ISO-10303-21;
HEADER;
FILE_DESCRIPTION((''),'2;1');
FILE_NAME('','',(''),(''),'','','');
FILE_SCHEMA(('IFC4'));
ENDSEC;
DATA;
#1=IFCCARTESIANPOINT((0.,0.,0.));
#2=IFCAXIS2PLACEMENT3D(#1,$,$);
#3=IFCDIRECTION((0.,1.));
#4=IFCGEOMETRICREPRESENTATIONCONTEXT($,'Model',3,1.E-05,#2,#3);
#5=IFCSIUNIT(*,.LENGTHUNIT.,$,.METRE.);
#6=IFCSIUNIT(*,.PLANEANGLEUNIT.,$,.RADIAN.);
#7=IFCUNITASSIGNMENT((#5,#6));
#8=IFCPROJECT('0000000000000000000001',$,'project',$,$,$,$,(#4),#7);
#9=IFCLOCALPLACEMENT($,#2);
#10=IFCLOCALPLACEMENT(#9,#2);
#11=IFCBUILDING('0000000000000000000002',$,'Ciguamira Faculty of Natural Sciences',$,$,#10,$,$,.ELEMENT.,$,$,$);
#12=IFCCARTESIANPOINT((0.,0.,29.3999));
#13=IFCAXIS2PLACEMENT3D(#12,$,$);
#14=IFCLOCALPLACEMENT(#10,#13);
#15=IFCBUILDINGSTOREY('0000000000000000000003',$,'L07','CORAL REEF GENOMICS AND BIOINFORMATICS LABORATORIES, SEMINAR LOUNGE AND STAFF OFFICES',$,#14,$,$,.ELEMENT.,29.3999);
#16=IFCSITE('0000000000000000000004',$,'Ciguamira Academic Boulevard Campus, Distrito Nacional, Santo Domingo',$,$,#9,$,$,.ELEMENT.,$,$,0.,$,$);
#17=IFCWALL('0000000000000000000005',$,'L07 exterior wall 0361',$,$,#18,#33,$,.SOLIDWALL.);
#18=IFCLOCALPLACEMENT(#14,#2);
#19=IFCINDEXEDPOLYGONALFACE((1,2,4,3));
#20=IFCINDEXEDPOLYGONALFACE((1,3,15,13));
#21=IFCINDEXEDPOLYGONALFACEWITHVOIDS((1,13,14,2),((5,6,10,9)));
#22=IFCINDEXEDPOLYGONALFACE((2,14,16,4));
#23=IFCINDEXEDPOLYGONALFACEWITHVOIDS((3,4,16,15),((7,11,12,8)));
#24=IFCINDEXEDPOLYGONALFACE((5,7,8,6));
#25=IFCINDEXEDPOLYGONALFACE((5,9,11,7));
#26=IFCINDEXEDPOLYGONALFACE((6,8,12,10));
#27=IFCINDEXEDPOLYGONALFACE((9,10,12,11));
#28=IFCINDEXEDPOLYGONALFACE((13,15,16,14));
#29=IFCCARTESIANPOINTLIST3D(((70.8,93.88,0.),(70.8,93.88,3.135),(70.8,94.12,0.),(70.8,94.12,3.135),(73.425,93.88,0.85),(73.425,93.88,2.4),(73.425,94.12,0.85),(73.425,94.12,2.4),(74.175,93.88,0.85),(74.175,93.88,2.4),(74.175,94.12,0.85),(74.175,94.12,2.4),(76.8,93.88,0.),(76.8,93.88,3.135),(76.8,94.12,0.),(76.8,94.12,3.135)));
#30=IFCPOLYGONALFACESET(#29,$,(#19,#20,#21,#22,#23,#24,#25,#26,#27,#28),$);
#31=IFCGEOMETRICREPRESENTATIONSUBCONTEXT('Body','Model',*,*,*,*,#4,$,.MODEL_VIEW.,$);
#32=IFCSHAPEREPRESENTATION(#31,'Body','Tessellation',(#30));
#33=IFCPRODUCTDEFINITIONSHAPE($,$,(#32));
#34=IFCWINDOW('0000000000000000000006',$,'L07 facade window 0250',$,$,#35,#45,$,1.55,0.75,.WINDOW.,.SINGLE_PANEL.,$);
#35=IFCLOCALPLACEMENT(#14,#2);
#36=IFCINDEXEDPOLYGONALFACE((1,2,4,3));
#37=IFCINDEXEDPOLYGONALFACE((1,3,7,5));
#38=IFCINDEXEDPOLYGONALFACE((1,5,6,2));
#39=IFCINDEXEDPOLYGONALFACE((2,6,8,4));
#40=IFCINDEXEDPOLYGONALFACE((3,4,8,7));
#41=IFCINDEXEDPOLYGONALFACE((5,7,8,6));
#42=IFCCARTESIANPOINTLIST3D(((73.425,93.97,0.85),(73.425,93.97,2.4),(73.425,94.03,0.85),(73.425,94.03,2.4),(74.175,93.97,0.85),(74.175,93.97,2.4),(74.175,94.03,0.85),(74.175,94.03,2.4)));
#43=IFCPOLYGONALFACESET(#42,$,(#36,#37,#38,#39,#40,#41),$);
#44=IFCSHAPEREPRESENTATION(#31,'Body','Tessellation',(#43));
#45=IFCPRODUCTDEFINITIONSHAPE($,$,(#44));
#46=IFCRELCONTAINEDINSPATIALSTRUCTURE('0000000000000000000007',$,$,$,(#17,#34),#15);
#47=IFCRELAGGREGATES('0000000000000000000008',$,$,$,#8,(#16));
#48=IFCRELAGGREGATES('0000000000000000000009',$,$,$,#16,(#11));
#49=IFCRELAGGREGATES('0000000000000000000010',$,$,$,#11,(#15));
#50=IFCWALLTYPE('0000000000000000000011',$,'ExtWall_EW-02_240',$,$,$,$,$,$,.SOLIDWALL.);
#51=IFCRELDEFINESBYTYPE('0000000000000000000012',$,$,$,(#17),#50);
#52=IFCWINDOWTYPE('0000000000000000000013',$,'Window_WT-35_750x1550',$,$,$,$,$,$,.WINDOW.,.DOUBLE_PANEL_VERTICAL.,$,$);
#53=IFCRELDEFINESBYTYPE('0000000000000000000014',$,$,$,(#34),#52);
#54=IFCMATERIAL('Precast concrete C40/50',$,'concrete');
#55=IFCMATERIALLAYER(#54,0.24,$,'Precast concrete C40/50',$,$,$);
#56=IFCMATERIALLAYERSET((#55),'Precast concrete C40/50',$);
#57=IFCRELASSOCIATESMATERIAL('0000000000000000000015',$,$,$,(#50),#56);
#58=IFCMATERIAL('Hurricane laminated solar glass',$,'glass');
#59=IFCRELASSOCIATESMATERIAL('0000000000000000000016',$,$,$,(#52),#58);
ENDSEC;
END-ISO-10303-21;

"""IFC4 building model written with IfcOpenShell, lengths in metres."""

from ifc_helpers import new_model, si_unit, direction, frame, frame_2d, origin, place, context, subcontext, project, spatial, rectangle, extrude, material, layer, layer_set, type_object, element, fill, save


model = new_model("IFC4")

# Units and contexts
model_context = context("Model", 3, precision=1e-05, world=origin(), true_north=direction((0.0, 1.0)))
body_context = subcontext(model_context, "Body", "Model", "MODEL_VIEW")
ifc_project = project(units=[si_unit("LENGTHUNIT", "METRE"), si_unit("PLANEANGLEUNIT", "RADIAN")], contexts=[model_context])

# Site, building, storey
site_placement = place(None, origin())
site = spatial("IfcSite", under=ifc_project, at=site_placement, Name="Ciguamira Academic Boulevard Campus, Distrito Nacional, Santo Domingo", CompositionType="ELEMENT", RefElevation=0.0)
building_placement = place(site_placement, origin())
building = spatial("IfcBuilding", under=site, at=building_placement, Name="Ciguamira Faculty of Natural Sciences", CompositionType="ELEMENT")
storey_placement = place(building_placement, frame((0.0, 0.0, 29.3999)))
storey = spatial("IfcBuildingStorey", under=building, at=storey_placement, Name="L07", Description="CORAL REEF GENOMICS AND BIOINFORMATICS LABORATORIES, SEMINAR LOUNGE AND STAFF OFFICES", CompositionType="ELEMENT", Elevation=29.3999)

# Wall, opening, window
ifc_material_1 = material(Name="Precast concrete C40/50", Category="concrete")
ifc_layer_1 = layer(ifc_material_1, 0.24, Name="Precast concrete C40/50")
ifc_layer_set_1 = layer_set([ifc_layer_1], Name="Precast concrete C40/50")
wall_type = type_object("IfcWallType", Name="ExtWall_EW-02_240", PredefinedType="SOLIDWALL", material=ifc_layer_set_1)
wall_placement = place(storey_placement, frame((70.8, 94.0, 0.0), z_axis=(0.0, 0.0, 1.0), x_axis=(1.0, 0.0, 0.0)))
wall = element("IfcWall", 1, at=wall_placement, inside=storey, type_object=wall_type, Name="L07 exterior wall 0361", PredefinedType="SOLIDWALL", context=body_context, shape_type="SweptSolid", body=[
    extrude(rectangle(XDim=6.0, YDim=0.24, at=frame_2d((3.0, 0.0))), origin(), (0.0, 0.0, 1.0), 3.135),
])
opening_placement = place(wall_placement, frame((2.625, 0.0, 0.8501)))
opening = element("IfcOpeningElement", 2, at=opening_placement, cuts=wall, PredefinedType="OPENING", context=body_context, shape_type="SweptSolid", body=[
    extrude(rectangle(XDim=0.75, YDim=1.55, at=frame_2d((0.375, 0.7749))), frame((0.0, 0.1299, 0.0), z_axis=(0.0, -1.0, 0.0), x_axis=(1.0, 0.0, 0.0)), (0.0, 0.0, 1.0), 0.26),
])
ifc_material_2 = material(Name="Hurricane laminated solar glass", Category="glass")
window_type = type_object("IfcWindowType", Name="Window_WT-35_750x1550", PartitioningType="DOUBLE_PANEL_VERTICAL", PredefinedType="WINDOW", material=ifc_material_2)
window_placement = place(opening_placement, origin())
window = element("IfcWindow", 3, at=window_placement, inside=storey, type_object=window_type, Name="L07 facade window 0250", OverallHeight=1.55, OverallWidth=0.75, PartitioningType="SINGLE_PANEL", PredefinedType="WINDOW", context=body_context, shape_type="SweptSolid", body=[
    extrude(rectangle(XDim=0.75, YDim=1.55, at=frame_2d((0.375, 0.7749))), frame((0.0, 0.03, 0.0), z_axis=(0.0, -1.0, 0.0), x_axis=(1.0, 0.0, 0.0)), (0.0, 0.0, 1.0), 0.0601),
])
fill(opening, window)

save(model, "model.ifc")
